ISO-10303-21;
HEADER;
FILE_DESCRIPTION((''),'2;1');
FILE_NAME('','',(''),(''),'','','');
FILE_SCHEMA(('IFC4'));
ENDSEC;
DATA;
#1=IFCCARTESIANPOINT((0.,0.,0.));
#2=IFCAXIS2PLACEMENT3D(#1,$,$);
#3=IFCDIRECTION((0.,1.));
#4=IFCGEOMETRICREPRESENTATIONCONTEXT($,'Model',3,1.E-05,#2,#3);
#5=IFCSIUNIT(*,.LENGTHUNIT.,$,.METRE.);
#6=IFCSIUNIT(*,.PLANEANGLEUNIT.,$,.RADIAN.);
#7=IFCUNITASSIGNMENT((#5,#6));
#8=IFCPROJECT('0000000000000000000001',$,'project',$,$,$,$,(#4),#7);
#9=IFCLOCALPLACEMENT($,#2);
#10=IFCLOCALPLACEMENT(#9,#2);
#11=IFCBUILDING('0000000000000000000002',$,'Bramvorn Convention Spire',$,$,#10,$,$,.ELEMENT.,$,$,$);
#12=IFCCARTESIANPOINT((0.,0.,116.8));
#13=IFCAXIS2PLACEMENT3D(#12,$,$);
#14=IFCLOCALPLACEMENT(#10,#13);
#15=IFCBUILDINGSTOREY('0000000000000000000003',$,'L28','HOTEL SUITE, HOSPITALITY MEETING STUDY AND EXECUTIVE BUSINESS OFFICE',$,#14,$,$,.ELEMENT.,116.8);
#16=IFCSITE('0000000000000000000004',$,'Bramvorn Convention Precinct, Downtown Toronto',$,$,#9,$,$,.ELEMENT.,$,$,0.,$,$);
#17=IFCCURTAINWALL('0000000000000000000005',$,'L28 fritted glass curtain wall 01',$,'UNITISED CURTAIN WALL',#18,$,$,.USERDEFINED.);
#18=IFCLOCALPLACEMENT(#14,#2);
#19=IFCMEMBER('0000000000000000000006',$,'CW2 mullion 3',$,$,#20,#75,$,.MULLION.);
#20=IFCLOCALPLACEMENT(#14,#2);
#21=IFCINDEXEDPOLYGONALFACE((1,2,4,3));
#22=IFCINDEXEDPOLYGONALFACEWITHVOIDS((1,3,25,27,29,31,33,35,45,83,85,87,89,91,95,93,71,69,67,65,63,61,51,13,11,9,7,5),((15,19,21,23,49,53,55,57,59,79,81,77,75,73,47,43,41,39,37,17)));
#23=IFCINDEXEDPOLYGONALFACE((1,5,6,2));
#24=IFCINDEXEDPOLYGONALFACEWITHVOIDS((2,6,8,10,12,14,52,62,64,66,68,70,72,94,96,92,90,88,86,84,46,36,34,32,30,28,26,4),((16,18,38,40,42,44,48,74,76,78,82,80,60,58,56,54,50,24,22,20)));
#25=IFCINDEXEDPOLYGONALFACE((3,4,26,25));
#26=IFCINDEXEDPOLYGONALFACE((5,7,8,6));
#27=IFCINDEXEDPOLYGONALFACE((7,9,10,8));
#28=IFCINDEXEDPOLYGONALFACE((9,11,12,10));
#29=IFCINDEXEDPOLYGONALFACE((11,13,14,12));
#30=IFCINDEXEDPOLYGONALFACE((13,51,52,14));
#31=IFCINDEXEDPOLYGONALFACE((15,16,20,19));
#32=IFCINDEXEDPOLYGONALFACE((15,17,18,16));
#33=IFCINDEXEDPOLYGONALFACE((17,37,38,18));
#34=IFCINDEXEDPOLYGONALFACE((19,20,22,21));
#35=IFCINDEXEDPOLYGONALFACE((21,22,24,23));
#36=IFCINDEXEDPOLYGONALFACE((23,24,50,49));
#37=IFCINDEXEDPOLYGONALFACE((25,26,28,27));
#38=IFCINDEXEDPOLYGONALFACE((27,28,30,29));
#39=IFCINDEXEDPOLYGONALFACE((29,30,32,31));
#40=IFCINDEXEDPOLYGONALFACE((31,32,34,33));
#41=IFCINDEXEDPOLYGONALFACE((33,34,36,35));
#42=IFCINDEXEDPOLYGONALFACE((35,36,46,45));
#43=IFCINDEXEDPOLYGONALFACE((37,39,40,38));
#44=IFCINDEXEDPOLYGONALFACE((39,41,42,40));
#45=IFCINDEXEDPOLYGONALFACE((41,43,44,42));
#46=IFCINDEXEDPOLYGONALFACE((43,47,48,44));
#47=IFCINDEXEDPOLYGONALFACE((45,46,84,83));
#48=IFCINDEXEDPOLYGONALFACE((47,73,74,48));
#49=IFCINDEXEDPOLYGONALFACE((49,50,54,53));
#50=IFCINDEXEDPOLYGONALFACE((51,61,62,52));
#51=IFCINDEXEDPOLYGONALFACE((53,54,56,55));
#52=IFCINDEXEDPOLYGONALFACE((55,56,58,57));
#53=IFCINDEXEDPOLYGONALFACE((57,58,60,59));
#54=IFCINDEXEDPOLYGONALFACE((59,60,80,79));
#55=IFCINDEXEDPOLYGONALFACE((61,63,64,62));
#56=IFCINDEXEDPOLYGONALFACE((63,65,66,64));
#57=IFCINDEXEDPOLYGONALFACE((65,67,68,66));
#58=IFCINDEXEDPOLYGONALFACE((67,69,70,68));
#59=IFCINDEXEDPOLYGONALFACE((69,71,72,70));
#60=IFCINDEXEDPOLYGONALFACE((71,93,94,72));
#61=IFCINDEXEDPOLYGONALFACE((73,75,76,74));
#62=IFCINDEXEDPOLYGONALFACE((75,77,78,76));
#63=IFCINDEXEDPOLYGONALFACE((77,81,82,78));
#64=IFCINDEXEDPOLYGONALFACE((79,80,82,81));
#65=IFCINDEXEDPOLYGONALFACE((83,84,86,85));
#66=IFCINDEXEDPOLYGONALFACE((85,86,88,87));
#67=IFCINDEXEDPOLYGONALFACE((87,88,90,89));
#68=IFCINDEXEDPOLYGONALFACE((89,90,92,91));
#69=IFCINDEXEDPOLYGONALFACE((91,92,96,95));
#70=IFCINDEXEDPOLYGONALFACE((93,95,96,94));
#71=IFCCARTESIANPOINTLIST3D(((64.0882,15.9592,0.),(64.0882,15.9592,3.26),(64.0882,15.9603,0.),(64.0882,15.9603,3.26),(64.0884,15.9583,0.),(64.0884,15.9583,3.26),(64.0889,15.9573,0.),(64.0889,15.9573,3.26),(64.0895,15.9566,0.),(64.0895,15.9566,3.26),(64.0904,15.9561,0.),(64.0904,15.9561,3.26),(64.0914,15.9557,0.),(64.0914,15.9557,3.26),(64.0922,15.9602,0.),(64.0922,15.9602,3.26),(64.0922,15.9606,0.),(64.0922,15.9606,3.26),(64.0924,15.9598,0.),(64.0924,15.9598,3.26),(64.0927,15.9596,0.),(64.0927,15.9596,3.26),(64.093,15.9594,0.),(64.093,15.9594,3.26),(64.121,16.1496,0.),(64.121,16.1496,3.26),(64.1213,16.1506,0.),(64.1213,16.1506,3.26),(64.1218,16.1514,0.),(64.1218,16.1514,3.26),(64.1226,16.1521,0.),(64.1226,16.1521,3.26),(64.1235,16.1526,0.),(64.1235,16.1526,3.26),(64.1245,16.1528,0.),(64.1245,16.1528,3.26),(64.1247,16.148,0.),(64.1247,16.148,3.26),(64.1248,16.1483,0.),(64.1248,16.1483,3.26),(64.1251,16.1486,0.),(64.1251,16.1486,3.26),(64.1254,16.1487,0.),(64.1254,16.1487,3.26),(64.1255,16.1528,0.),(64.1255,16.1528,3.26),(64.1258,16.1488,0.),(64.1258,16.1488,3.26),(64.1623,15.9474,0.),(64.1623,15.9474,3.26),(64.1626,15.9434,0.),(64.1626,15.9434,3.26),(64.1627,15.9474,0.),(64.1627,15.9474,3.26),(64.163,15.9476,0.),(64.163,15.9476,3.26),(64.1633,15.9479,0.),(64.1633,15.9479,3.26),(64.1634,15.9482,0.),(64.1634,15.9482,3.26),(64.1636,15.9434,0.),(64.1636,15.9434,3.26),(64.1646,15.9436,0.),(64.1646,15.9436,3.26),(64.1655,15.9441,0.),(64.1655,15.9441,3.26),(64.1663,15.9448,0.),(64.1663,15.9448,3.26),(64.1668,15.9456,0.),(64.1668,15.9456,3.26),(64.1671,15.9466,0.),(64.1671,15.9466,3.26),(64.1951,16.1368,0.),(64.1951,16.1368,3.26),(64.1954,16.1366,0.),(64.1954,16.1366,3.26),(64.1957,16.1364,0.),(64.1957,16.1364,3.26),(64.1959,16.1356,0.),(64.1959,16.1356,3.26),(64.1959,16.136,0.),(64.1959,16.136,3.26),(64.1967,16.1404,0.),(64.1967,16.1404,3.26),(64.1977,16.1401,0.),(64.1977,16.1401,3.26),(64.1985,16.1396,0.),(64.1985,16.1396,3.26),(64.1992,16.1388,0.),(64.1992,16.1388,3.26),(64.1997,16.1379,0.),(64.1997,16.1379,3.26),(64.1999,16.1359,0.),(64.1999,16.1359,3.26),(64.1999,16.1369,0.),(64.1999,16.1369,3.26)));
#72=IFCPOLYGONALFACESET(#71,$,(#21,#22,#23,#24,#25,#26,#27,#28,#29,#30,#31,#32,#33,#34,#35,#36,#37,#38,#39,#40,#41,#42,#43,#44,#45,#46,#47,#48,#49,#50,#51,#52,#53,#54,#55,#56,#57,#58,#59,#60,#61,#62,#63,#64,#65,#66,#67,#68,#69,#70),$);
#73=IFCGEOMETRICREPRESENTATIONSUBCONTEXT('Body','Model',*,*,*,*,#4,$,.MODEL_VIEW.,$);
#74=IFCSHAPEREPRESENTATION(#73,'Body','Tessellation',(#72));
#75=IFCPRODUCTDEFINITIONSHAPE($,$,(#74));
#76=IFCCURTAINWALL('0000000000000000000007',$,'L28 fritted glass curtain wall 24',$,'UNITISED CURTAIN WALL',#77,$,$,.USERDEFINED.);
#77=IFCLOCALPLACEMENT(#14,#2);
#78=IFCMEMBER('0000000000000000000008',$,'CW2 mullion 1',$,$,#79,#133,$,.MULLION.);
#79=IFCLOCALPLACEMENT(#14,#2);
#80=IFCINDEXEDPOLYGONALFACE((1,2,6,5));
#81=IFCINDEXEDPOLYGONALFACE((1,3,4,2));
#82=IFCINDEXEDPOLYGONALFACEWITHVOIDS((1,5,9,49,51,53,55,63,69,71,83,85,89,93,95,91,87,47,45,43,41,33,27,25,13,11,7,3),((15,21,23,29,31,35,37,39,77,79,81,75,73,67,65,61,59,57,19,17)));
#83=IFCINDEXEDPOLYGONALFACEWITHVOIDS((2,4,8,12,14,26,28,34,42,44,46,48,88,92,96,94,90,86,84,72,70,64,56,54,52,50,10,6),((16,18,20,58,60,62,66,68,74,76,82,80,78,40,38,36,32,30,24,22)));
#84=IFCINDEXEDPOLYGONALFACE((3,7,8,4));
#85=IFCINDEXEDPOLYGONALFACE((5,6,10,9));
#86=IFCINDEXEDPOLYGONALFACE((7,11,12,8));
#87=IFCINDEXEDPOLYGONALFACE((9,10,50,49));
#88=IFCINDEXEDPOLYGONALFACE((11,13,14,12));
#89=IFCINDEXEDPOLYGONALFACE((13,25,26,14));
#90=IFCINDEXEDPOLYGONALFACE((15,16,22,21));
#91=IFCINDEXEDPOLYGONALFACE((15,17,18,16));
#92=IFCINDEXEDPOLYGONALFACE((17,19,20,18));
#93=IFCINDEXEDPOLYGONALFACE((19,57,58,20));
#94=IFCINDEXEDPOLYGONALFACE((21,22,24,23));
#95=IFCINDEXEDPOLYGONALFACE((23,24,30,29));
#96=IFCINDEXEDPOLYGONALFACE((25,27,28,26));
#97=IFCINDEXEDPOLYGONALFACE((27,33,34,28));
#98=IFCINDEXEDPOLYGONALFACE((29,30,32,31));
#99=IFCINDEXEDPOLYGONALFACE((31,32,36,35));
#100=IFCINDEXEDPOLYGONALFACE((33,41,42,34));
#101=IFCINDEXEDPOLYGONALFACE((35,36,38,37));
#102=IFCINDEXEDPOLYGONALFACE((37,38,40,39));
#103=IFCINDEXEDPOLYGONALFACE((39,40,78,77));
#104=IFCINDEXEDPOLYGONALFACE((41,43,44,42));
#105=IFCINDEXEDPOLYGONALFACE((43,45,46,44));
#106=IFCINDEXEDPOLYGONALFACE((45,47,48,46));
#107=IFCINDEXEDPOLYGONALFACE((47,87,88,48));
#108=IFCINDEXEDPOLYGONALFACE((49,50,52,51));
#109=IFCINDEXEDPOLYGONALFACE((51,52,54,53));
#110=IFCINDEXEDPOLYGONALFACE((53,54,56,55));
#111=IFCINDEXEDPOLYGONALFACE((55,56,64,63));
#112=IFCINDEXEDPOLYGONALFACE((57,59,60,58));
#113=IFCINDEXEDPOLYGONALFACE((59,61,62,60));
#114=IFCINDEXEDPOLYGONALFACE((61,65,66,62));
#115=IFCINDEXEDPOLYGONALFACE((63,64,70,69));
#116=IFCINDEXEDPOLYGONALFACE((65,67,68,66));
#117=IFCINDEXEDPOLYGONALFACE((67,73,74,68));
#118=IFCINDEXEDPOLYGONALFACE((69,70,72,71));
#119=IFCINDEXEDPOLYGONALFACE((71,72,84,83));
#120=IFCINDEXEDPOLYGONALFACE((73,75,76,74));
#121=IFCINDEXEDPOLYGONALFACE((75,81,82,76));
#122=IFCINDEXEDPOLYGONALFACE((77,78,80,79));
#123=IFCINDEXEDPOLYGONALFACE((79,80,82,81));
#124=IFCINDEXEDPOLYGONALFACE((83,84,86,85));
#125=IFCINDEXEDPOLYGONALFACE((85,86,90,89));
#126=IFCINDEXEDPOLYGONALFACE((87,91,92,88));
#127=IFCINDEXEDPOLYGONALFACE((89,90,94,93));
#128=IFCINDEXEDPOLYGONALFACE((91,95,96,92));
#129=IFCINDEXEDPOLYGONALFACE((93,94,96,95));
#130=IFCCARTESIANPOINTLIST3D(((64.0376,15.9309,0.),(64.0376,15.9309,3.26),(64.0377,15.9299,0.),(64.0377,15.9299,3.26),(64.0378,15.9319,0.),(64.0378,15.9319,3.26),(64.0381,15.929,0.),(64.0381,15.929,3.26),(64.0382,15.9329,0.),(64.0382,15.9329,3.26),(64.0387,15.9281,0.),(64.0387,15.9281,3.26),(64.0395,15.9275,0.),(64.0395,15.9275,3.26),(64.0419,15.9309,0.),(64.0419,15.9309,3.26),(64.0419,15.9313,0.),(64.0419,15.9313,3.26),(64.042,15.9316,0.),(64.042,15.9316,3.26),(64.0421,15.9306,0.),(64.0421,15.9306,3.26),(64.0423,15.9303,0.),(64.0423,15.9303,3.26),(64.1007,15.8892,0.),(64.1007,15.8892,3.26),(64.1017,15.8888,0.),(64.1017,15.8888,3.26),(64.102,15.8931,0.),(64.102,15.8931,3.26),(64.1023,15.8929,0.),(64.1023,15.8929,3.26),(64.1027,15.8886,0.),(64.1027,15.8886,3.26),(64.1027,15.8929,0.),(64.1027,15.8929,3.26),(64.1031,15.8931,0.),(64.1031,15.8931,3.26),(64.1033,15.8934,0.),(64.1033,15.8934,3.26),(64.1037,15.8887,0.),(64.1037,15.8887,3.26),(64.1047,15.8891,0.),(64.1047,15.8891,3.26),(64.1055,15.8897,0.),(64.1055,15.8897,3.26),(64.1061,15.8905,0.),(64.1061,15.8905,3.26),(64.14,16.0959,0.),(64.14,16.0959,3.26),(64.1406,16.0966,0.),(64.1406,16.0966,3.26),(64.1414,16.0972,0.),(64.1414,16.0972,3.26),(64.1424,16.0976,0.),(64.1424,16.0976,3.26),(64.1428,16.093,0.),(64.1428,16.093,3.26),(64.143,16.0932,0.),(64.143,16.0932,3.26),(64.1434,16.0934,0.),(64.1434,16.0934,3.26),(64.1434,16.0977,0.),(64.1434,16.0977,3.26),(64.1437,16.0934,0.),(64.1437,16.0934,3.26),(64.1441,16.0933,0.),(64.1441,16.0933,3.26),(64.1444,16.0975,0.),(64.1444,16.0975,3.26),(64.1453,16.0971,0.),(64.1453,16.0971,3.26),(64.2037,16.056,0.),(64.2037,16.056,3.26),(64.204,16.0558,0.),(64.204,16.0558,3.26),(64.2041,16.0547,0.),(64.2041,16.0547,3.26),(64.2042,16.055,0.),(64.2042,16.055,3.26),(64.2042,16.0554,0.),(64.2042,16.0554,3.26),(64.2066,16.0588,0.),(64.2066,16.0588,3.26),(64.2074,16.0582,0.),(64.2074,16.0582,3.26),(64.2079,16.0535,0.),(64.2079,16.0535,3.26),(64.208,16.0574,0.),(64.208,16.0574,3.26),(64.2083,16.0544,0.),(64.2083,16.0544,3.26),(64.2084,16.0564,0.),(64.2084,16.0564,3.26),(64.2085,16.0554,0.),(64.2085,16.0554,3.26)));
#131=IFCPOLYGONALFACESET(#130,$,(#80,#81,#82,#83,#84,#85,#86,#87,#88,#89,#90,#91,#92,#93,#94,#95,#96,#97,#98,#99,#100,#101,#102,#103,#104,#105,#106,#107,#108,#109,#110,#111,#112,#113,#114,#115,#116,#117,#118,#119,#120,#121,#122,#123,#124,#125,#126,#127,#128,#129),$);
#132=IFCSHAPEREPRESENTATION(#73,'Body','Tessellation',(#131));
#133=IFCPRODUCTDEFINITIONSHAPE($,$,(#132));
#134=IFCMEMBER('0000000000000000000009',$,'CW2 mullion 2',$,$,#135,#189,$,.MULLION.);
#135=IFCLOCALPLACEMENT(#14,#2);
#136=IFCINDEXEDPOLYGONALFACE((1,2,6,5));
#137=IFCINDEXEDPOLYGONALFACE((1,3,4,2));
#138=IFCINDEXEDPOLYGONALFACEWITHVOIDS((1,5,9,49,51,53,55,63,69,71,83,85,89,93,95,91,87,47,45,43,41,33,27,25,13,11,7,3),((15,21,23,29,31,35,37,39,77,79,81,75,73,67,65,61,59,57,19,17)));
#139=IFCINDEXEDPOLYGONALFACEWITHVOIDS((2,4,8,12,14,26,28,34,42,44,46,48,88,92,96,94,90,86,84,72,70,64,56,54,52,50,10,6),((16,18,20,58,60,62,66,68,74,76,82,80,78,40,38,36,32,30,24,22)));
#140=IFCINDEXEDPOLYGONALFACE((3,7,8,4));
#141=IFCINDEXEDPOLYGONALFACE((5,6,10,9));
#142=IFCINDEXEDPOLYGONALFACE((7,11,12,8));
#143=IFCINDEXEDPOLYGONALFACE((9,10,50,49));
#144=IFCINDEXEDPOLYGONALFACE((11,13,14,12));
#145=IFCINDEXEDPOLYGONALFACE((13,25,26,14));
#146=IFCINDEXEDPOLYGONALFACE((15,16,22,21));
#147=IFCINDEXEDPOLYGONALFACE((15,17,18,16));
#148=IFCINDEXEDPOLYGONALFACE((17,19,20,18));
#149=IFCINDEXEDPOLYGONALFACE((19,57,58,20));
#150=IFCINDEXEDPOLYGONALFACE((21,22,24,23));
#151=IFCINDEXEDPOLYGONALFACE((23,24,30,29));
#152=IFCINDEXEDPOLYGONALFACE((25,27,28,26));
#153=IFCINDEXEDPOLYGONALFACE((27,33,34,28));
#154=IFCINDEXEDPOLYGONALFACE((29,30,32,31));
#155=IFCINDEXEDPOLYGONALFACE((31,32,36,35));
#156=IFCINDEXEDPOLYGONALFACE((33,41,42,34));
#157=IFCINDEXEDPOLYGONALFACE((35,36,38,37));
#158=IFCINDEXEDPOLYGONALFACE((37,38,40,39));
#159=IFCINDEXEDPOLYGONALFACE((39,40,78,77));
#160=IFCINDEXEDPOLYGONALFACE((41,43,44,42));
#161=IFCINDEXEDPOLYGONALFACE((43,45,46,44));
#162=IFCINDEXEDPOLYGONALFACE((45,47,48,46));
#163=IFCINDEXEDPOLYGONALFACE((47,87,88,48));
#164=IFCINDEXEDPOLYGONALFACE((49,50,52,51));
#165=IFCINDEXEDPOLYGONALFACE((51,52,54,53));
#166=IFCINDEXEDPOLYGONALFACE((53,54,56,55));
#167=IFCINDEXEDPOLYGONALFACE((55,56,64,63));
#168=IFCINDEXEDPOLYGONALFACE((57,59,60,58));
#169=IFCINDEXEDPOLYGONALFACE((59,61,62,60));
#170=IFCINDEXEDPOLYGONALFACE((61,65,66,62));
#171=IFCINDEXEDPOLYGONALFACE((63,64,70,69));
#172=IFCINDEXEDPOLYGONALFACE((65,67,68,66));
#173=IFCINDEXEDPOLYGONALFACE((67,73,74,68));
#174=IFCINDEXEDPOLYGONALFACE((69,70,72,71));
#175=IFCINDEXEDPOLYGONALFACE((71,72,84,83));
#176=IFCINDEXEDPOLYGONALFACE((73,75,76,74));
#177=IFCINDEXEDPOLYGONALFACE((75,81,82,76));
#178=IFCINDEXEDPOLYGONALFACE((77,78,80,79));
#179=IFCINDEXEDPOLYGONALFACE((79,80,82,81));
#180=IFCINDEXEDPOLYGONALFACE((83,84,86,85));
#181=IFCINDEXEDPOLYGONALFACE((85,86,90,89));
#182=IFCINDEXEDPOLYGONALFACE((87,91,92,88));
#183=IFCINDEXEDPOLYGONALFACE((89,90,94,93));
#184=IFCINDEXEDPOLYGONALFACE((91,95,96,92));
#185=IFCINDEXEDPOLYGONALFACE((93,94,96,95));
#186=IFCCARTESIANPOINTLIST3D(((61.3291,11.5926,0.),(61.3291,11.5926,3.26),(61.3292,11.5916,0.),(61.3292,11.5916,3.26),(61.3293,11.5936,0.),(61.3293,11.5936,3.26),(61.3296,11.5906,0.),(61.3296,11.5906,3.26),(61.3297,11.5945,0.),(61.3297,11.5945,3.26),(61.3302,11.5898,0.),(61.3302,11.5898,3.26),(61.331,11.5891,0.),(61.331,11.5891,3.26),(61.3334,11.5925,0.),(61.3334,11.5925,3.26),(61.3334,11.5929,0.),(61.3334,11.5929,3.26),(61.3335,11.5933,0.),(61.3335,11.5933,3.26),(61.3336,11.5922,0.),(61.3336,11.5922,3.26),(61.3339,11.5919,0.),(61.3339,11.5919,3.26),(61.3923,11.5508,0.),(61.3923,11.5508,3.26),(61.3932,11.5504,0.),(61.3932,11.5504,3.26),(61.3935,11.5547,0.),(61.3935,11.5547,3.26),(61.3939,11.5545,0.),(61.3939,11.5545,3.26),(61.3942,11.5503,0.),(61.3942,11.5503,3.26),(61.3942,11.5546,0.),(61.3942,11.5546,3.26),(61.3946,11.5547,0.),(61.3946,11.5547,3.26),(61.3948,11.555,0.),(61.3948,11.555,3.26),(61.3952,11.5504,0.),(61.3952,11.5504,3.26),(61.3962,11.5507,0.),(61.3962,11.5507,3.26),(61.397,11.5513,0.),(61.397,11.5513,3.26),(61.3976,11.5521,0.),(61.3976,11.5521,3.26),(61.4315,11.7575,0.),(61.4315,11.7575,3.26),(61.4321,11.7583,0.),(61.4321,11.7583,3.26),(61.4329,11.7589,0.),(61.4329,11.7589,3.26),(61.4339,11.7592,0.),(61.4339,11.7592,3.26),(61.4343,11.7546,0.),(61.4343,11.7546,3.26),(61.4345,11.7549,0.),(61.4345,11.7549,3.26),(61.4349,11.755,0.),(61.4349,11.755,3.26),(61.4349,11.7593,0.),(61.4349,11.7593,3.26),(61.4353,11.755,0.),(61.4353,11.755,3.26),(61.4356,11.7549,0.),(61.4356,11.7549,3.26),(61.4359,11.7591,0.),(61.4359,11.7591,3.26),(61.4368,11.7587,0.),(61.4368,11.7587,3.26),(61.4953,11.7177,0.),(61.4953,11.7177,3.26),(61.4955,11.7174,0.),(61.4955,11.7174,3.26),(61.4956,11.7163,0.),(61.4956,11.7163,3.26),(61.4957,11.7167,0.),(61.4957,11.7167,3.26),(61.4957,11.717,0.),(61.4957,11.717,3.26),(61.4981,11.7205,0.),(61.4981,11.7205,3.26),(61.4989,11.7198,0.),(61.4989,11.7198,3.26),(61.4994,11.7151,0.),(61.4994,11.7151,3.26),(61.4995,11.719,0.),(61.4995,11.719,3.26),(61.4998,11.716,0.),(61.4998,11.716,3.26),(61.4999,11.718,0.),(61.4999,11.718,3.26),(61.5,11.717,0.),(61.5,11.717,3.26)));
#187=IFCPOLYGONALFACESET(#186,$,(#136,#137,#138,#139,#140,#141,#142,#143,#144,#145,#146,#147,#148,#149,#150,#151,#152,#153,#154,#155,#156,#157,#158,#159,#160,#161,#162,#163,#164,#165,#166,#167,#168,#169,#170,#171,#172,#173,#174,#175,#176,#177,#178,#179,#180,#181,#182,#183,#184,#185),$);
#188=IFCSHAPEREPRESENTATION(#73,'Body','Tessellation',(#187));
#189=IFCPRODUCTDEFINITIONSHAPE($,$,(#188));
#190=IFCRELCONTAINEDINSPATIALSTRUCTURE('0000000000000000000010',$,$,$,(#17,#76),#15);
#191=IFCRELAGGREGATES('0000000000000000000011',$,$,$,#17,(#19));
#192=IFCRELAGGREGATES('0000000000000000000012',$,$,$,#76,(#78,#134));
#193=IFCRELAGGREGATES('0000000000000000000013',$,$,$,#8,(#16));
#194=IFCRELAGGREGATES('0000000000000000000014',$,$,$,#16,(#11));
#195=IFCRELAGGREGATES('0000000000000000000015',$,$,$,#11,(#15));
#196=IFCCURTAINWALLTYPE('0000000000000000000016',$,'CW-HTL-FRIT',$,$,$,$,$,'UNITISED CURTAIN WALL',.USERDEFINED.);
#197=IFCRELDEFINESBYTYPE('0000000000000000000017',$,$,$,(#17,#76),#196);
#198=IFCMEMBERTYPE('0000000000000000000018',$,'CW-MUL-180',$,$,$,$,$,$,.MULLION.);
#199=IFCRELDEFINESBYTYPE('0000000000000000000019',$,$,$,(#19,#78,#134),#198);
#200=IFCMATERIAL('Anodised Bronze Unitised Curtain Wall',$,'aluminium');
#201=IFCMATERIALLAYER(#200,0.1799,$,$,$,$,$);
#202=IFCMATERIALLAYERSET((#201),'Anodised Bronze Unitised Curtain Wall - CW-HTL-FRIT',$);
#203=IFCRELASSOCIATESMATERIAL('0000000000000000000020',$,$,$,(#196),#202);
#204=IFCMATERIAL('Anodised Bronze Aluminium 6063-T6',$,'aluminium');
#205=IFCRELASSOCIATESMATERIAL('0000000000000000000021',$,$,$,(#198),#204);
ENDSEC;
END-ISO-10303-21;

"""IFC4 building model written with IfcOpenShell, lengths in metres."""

from ifc_helpers import new_model, si_unit, direction, frame, origin, origin_2d, place, context, subcontext, project, spatial, hollow_rectangle, extrude, material, layer, layer_set, material_profile, profile_set, type_object, element, aggregate, save


model = new_model("IFC4")

# Units and contexts
model_context = context("Model", 3, precision=1e-05, world=origin(), true_north=direction((0.0, 1.0)))
body_context = subcontext(model_context, "Body", "Model", "MODEL_VIEW")
ifc_project = project(units=[si_unit("LENGTHUNIT", "METRE"), si_unit("PLANEANGLEUNIT", "RADIAN")], contexts=[model_context])

# Site, building, storey
site_placement = place(None, origin())
site = spatial("IfcSite", under=ifc_project, at=site_placement, Name="Bramvorn Convention Precinct, Downtown Toronto", CompositionType="ELEMENT", RefElevation=0.0)
building_placement = place(site_placement, origin())
building = spatial("IfcBuilding", under=site, at=building_placement, Name="Bramvorn Convention Spire", CompositionType="ELEMENT")
storey_placement = place(building_placement, frame((0.0, 0.0, 116.8)))
storey = spatial("IfcBuildingStorey", under=building, at=storey_placement, Name="L28", Description="HOTEL SUITE, HOSPITALITY MEETING STUDY AND EXECUTIVE BUSINESS OFFICE", CompositionType="ELEMENT", Elevation=116.8)

# Curtain wall, member
ifc_material_1 = material(Name="Anodised Bronze Unitised Curtain Wall", Category="aluminium")
ifc_layer_1 = layer(ifc_material_1, 0.1799)
ifc_layer_set_1 = layer_set([ifc_layer_1], Name="Anodised Bronze Unitised Curtain Wall - CW-HTL-FRIT")
curtain_wall_type = type_object("IfcCurtainWallType", Name="CW-HTL-FRIT", ElementType="UNITISED CURTAIN WALL", PredefinedType="USERDEFINED", material=ifc_layer_set_1)
curtain_wall_1_placement = place(storey_placement, origin())
curtain_wall_1 = element("IfcCurtainWall", 1, at=curtain_wall_1_placement, inside=storey, type_object=curtain_wall_type, Name="L28 fritted glass curtain wall 01", ObjectType="UNITISED CURTAIN WALL", PredefinedType="USERDEFINED")
ifc_material_2 = material(Name="Anodised Bronze Aluminium 6063-T6", Category="aluminium")
ifc_material_profile_1 = material_profile(ifc_material_2, hollow_rectangle(XDim=0.0801, YDim=0.2, WallThickness=0.0039, InnerFilletRadius=0.001, OuterFilletRadius=0.0039, at=origin_2d()))
ifc_profile_set_1 = profile_set([ifc_material_profile_1], Name="Anodised Bronze Aluminium 6063-T6 - CWM80X200")
member_type_1 = type_object("IfcMemberType", Name="CW-MUL-180", PredefinedType="MULLION", material=ifc_profile_set_1)
member_1_placement = place(storey_placement, frame((64.144, 16.0481, 0.0), z_axis=(0.0, 0.0, 1.0), x_axis=(0.985342, -0.170592, 0.0)))
member_1 = element("IfcMember", 2, at=member_1_placement, type_object=member_type_1, Name="CW2 mullion 3", PredefinedType="MULLION", context=body_context, shape_type="SweptSolid", body=[
    extrude(hollow_rectangle(XDim=0.0801, YDim=0.2, WallThickness=0.0039, InnerFilletRadius=0.001, OuterFilletRadius=0.0039, at=origin_2d()), origin(), (0.0, 0.0, 1.0), 3.26),
])
aggregate(curtain_wall_1, [member_1])

# Curtain wall, members
curtain_wall_2_placement = place(storey_placement, origin())
curtain_wall_2 = element("IfcCurtainWall", 3, at=curtain_wall_2_placement, inside=storey, type_object=curtain_wall_type, Name="L28 fritted glass curtain wall 24", ObjectType="UNITISED CURTAIN WALL", PredefinedType="USERDEFINED")
member_2_placement = place(storey_placement, frame((64.123, 15.9932, 0.0), z_axis=(0.0, 0.0, 1.0), x_axis=(0.848249, -0.529598, 0.0)))
member_2 = element("IfcMember", 4, at=member_2_placement, type_object=member_type_1, Name="CW2 mullion 1", PredefinedType="MULLION", context=body_context, shape_type="SweptSolid", body=[
    extrude(hollow_rectangle(XDim=0.0801, YDim=0.2, WallThickness=0.0039, InnerFilletRadius=0.001, OuterFilletRadius=0.0039, at=origin_2d()), origin(), (0.0, 0.0, 1.0), 3.26),
])
member_3_placement = place(storey_placement, frame((61.4146, 11.6548, 0.0), z_axis=(0.0, 0.0, 1.0), x_axis=(0.848249, -0.529598, 0.0)))
member_3 = element("IfcMember", 5, at=member_3_placement, type_object=member_type_1, Name="CW2 mullion 2", PredefinedType="MULLION", context=body_context, shape_type="SweptSolid", body=[
    extrude(hollow_rectangle(XDim=0.0801, YDim=0.2, WallThickness=0.0039, InnerFilletRadius=0.001, OuterFilletRadius=0.0039, at=origin_2d()), origin(), (0.0, 0.0, 1.0), 3.26),
])

aggregate(curtain_wall_2, [member_2, member_3])

save(model, "model.ifc")
